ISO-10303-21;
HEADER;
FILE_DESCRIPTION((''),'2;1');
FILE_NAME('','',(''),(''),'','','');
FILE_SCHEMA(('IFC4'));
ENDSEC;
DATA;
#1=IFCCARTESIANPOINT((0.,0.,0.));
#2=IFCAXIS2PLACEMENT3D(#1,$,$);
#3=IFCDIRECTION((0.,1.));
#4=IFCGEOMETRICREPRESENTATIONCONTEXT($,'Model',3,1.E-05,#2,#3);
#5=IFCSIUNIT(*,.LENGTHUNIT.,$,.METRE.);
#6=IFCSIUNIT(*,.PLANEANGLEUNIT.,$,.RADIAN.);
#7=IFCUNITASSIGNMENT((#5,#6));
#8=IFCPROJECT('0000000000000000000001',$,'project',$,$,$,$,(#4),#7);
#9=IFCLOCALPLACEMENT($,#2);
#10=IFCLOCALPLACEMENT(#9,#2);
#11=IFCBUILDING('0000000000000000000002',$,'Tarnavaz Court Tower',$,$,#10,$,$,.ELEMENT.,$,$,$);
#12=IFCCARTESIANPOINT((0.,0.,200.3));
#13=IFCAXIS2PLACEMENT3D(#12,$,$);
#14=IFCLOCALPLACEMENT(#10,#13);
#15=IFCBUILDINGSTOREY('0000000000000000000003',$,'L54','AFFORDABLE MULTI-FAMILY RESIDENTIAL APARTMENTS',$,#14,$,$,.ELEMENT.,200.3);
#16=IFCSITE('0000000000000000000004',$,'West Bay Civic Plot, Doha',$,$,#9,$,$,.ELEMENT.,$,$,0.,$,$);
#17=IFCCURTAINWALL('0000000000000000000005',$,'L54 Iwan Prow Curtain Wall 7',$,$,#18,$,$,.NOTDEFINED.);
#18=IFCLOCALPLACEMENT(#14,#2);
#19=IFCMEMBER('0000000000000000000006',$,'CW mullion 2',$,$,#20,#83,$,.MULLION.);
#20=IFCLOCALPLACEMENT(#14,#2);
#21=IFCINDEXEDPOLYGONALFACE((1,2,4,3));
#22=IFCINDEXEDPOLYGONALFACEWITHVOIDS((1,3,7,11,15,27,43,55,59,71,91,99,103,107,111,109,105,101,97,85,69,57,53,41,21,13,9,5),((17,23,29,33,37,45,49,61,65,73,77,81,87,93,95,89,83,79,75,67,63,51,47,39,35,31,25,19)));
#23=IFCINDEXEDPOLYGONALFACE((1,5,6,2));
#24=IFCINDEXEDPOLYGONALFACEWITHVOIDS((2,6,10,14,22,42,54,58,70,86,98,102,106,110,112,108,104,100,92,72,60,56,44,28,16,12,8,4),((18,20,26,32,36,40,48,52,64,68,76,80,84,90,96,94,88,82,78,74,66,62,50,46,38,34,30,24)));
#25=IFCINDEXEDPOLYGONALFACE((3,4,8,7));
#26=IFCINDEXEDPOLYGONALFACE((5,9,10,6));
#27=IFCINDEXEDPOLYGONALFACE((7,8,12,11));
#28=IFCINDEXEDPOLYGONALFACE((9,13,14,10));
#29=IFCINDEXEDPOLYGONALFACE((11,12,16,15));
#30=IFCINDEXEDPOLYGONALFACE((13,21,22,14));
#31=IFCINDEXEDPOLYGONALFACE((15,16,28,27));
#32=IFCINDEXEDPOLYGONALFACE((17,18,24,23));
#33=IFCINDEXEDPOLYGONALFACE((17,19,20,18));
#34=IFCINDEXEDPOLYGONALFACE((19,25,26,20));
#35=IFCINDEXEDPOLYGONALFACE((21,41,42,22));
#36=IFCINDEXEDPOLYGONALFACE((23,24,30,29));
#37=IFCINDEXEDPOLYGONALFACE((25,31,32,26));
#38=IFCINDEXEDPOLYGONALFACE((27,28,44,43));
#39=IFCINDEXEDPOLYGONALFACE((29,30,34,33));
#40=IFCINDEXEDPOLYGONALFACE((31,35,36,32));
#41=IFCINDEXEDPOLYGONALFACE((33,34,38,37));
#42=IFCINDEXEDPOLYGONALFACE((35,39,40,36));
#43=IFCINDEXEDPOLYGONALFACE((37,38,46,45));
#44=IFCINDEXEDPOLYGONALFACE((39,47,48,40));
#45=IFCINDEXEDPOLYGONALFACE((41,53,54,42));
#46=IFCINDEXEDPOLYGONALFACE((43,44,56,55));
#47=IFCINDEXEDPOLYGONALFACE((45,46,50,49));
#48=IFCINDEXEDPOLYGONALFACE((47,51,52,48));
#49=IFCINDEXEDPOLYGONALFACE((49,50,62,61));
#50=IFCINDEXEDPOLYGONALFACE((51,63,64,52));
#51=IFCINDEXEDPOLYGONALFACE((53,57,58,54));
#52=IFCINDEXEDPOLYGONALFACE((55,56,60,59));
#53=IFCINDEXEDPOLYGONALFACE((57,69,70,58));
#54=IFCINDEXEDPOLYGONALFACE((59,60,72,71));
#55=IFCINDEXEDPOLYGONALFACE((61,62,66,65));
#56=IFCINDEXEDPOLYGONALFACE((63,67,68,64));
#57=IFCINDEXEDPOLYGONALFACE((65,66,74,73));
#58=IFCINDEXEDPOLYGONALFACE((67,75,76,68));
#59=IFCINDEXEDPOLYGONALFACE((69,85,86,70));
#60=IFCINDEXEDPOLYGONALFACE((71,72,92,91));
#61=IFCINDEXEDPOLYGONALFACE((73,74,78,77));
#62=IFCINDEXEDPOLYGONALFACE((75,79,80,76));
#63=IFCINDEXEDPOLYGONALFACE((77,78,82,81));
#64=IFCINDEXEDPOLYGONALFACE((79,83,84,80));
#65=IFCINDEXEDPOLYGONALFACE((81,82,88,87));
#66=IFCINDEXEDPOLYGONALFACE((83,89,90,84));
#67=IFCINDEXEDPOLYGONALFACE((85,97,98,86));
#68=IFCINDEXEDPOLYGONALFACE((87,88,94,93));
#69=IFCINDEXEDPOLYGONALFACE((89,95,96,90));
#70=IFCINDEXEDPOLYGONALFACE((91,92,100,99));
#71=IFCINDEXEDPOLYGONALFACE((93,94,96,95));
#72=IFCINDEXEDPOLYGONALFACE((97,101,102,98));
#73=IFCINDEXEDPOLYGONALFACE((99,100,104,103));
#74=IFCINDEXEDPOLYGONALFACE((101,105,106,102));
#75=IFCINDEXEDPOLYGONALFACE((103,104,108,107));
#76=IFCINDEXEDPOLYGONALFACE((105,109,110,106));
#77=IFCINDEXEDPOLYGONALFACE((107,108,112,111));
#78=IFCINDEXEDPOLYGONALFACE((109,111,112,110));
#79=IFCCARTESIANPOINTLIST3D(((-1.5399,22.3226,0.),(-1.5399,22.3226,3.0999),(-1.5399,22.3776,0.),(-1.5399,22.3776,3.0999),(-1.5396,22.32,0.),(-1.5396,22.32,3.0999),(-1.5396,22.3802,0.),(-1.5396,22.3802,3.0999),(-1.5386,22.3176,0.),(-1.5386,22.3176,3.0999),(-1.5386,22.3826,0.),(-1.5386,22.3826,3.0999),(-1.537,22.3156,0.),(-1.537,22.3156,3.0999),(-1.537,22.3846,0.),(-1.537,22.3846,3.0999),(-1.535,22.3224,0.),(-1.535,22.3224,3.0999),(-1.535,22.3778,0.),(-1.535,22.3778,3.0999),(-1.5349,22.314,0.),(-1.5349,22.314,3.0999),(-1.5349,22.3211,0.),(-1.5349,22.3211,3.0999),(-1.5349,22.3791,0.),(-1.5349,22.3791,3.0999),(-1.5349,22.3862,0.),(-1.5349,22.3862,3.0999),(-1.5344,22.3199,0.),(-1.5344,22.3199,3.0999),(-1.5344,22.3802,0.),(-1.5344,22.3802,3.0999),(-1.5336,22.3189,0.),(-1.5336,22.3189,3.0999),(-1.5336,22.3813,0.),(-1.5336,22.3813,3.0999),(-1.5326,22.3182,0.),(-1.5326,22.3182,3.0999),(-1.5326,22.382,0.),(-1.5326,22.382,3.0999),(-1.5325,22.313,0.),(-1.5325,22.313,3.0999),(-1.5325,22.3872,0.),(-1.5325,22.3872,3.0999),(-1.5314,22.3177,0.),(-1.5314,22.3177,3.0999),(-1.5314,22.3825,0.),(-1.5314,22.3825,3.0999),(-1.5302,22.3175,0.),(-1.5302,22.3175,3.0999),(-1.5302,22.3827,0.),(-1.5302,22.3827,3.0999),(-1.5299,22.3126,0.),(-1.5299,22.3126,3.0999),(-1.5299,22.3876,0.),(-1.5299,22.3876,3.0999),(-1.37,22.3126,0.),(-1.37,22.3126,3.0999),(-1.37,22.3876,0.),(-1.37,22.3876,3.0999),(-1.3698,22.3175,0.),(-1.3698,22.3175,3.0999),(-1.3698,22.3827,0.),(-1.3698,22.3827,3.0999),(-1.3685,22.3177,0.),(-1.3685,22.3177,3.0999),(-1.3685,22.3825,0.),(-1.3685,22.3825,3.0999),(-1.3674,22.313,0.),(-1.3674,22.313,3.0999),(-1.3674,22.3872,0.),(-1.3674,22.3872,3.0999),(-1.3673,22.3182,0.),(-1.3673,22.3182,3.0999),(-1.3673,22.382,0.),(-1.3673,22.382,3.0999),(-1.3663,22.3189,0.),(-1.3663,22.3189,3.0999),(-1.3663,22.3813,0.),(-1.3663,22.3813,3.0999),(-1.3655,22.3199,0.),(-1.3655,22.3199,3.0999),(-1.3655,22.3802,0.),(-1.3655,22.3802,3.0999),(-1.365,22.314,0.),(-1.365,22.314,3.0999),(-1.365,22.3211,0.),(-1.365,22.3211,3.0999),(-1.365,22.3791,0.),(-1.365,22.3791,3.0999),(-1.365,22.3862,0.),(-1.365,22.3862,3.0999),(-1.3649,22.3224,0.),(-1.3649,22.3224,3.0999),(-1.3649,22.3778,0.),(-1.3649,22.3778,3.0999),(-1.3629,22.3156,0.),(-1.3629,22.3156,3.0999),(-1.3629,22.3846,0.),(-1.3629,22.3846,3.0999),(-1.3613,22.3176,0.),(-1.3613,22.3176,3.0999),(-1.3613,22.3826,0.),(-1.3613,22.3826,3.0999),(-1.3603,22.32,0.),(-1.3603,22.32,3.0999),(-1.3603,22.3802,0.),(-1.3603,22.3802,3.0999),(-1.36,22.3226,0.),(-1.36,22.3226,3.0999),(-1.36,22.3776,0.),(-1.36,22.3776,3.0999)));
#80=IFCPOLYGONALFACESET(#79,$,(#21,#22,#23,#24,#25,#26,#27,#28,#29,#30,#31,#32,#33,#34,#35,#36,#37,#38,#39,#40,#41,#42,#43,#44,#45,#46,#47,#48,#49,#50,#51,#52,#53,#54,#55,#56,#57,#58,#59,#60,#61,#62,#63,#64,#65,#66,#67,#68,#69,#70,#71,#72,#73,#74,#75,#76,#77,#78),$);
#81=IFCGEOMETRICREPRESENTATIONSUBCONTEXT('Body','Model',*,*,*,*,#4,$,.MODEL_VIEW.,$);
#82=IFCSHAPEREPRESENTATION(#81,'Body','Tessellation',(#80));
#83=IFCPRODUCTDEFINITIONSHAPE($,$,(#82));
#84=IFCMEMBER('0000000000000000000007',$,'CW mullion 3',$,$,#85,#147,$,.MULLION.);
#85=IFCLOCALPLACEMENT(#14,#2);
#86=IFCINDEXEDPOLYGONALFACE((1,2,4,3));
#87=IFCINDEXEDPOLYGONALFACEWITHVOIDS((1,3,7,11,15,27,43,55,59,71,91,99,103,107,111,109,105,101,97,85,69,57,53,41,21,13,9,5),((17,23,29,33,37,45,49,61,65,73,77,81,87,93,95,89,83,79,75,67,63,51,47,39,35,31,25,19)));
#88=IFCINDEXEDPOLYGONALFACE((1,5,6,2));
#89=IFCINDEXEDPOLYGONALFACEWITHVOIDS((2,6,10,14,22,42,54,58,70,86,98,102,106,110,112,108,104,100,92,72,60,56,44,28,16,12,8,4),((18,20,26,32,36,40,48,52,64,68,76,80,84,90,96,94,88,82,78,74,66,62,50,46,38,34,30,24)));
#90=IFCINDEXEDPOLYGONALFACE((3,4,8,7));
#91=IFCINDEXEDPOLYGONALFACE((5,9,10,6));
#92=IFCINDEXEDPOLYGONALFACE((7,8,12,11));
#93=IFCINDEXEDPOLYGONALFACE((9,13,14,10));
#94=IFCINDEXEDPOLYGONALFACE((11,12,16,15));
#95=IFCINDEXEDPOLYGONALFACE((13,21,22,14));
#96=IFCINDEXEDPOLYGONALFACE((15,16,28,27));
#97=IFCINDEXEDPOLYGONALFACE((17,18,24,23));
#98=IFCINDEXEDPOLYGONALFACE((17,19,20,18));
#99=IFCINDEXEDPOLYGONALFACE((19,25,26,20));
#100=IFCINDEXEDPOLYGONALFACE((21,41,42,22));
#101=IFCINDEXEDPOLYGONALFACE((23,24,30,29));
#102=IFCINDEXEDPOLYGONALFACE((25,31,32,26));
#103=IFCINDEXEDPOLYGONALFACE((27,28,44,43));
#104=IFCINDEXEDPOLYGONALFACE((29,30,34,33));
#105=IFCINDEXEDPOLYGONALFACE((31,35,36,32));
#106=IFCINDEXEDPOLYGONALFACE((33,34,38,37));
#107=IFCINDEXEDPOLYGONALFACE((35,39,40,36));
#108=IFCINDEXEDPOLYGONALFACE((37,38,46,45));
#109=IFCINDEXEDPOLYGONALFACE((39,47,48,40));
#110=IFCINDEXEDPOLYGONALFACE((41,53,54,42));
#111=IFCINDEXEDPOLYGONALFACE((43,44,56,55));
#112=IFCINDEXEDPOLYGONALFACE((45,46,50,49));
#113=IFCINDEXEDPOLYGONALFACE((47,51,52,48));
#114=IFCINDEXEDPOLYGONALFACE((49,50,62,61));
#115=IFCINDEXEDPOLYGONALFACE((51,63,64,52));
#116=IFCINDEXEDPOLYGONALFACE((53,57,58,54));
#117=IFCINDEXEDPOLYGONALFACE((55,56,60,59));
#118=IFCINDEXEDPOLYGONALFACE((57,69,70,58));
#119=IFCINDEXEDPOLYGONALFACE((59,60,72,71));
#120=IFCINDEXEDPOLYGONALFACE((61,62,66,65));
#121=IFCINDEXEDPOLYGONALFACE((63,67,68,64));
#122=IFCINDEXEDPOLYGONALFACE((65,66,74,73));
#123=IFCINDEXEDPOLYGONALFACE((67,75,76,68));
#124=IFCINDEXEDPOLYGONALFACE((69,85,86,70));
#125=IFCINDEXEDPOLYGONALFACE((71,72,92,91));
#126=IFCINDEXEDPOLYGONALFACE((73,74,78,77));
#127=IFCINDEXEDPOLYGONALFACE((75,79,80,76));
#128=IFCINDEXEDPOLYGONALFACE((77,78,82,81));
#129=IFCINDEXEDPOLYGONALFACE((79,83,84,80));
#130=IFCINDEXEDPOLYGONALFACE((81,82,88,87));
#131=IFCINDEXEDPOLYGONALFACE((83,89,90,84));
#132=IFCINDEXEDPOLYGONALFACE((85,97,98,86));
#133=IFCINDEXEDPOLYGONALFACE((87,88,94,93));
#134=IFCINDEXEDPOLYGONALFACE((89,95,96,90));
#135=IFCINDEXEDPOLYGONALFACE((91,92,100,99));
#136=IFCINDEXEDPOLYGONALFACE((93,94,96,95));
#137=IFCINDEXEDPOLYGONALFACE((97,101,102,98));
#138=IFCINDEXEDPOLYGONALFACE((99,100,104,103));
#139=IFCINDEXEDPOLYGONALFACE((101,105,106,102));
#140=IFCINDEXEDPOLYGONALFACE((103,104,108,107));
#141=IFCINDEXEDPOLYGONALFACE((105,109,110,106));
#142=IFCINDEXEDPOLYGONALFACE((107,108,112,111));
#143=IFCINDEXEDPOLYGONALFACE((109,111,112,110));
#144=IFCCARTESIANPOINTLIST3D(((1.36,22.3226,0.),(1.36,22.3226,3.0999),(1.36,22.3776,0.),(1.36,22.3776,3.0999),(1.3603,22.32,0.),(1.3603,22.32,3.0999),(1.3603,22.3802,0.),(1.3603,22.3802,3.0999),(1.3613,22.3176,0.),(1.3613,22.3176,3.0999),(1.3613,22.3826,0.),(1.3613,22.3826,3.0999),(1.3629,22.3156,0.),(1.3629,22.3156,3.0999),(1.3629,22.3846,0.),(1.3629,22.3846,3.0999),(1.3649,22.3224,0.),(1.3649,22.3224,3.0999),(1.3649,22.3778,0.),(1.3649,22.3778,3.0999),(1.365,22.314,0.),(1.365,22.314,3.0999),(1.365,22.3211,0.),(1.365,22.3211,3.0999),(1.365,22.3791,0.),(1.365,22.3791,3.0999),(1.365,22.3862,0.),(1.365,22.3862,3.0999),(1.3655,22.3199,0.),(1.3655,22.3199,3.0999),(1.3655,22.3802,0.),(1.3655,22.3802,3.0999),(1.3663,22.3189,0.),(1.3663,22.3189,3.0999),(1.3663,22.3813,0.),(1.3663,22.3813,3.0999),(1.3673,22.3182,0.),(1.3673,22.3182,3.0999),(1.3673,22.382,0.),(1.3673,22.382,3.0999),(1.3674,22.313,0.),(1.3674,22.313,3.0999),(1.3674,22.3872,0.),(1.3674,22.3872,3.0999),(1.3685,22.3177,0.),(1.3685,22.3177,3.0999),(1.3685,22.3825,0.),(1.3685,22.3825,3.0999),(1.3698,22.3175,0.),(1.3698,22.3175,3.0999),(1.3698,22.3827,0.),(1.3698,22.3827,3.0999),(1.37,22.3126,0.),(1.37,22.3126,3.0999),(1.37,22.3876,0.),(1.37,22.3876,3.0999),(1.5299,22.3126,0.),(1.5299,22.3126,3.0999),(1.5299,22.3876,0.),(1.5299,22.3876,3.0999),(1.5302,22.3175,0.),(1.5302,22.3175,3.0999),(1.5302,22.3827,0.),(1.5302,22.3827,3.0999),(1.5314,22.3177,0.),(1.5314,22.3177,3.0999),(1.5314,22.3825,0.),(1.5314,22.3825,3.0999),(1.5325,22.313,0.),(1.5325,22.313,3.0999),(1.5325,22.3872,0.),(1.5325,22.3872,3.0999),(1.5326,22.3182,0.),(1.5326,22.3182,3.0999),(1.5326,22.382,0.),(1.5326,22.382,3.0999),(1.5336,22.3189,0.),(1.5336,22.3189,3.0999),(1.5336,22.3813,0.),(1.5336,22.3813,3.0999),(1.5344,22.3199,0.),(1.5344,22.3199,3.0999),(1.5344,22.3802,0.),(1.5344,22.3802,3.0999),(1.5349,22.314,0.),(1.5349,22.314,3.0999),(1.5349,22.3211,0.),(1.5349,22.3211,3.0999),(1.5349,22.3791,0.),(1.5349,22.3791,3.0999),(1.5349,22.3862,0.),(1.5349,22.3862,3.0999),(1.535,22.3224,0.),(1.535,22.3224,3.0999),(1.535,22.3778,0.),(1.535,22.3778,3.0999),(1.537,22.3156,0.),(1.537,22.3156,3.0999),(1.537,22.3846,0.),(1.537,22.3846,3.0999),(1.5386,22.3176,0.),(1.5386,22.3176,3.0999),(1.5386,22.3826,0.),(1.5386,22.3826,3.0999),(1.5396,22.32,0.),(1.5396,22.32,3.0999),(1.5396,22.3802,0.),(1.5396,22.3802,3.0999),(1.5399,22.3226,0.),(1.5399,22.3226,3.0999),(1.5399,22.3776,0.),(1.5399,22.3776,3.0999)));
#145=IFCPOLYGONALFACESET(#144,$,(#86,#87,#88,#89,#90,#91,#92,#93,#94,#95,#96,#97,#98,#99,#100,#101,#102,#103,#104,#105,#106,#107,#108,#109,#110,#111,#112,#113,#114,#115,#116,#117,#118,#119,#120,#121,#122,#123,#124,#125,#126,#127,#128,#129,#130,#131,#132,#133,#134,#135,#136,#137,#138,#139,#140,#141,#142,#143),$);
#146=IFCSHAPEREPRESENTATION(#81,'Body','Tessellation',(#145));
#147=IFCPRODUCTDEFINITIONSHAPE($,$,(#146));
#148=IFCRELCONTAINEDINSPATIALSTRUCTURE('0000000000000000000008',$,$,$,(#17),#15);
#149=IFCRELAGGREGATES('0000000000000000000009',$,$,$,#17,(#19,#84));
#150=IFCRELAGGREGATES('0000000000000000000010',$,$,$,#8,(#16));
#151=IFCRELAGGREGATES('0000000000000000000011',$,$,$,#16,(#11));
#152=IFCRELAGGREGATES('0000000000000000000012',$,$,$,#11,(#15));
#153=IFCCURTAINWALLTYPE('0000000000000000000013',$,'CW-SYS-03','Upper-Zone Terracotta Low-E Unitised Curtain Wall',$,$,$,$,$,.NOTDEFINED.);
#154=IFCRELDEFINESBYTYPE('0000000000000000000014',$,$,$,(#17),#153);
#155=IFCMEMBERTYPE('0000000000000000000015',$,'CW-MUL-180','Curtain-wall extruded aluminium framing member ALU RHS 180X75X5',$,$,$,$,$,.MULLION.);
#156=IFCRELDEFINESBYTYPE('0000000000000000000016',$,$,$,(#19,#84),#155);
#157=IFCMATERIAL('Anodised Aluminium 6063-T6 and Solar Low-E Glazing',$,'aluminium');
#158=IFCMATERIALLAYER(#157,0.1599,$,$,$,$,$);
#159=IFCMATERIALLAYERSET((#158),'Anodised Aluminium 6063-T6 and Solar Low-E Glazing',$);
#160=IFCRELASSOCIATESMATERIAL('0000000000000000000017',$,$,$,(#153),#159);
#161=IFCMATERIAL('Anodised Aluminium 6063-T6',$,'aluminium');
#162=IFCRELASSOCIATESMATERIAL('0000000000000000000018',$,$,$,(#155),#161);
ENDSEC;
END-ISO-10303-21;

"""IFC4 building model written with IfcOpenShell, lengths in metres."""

from ifc_helpers import new_model, si_unit, direction, frame, origin, origin_2d, place, context, subcontext, project, spatial, hollow_rectangle, extrude, material, layer, layer_set, material_profile, profile_set, type_object, element, aggregate, save


model = new_model("IFC4")

# Units and contexts
model_context = context("Model", 3, precision=1e-05, world=origin(), true_north=direction((0.0, 1.0)))
body_context = subcontext(model_context, "Body", "Model", "MODEL_VIEW")
ifc_project = project(units=[si_unit("LENGTHUNIT", "METRE"), si_unit("PLANEANGLEUNIT", "RADIAN")], contexts=[model_context])

# Site, building, storey
site_placement = place(None, origin())
site = spatial("IfcSite", under=ifc_project, at=site_placement, Name="West Bay Civic Plot, Doha", CompositionType="ELEMENT", RefElevation=0.0)
building_placement = place(site_placement, origin())
building = spatial("IfcBuilding", under=site, at=building_placement, Name="Tarnavaz Court Tower", CompositionType="ELEMENT")
storey_placement = place(building_placement, frame((0.0, 0.0, 200.3)))
storey = spatial("IfcBuildingStorey", under=building, at=storey_placement, Name="L54", Description="AFFORDABLE MULTI-FAMILY RESIDENTIAL APARTMENTS", CompositionType="ELEMENT", Elevation=200.3)

# Curtain wall, members
ifc_material_1 = material(Name="Anodised Aluminium 6063-T6 and Solar Low-E Glazing", Category="aluminium")
ifc_layer_1 = layer(ifc_material_1, 0.1599)
ifc_layer_set_1 = layer_set([ifc_layer_1], Name="Anodised Aluminium 6063-T6 and Solar Low-E Glazing")
curtain_wall_type = type_object("IfcCurtainWallType", Name="CW-SYS-03", Description="Upper-Zone Terracotta Low-E Unitised Curtain Wall", PredefinedType="NOTDEFINED", material=ifc_layer_set_1)
curtain_wall_placement = place(storey_placement, origin())
curtain_wall = element("IfcCurtainWall", 1, at=curtain_wall_placement, inside=storey, type_object=curtain_wall_type, Name="L54 Iwan Prow Curtain Wall 7", PredefinedType="NOTDEFINED")
ifc_material_2 = material(Name="Anodised Aluminium 6063-T6", Category="aluminium")
ifc_material_profile_1 = material_profile(ifc_material_2, hollow_rectangle(XDim=0.075, YDim=0.1799, WallThickness=0.0049, InnerFilletRadius=0.0049, OuterFilletRadius=0.01, at=origin_2d()), Name="ALU RHS 180X75X5")
ifc_profile_set_1 = profile_set([ifc_material_profile_1], Name="Anodised Aluminium 6063-T6")
member_type_1 = type_object("IfcMemberType", Name="CW-MUL-180", Description="Curtain-wall extruded aluminium framing member ALU RHS 180X75X5", PredefinedType="MULLION", material=ifc_profile_set_1)
member_1_placement = place(storey_placement, frame((-1.45, 22.3501, 0.0), z_axis=(0.0, 0.0, 1.0), x_axis=(0.0, 1.0, 0.0)))
member_1 = element("IfcMember", 2, at=member_1_placement, type_object=member_type_1, Name="CW mullion 2", PredefinedType="MULLION", context=body_context, shape_type="SweptSolid", body=[
    extrude(hollow_rectangle(XDim=0.075, YDim=0.1799, WallThickness=0.0049, InnerFilletRadius=0.0049, OuterFilletRadius=0.01, at=origin_2d()), origin(), (0.0, 0.0, 1.0), 3.0999),
])
member_2_placement = place(storey_placement, frame((1.45, 22.3501, 0.0), z_axis=(0.0, 0.0, 1.0), x_axis=(0.0, 1.0, 0.0)))
member_2 = element("IfcMember", 3, at=member_2_placement, type_object=member_type_1, Name="CW mullion 3", PredefinedType="MULLION", context=body_context, shape_type="SweptSolid", body=[
    extrude(hollow_rectangle(XDim=0.075, YDim=0.1799, WallThickness=0.0049, InnerFilletRadius=0.0049, OuterFilletRadius=0.01, at=origin_2d()), origin(), (0.0, 0.0, 1.0), 3.0999),
])
aggregate(curtain_wall, [member_1, member_2])

save(model, "model.ifc")
